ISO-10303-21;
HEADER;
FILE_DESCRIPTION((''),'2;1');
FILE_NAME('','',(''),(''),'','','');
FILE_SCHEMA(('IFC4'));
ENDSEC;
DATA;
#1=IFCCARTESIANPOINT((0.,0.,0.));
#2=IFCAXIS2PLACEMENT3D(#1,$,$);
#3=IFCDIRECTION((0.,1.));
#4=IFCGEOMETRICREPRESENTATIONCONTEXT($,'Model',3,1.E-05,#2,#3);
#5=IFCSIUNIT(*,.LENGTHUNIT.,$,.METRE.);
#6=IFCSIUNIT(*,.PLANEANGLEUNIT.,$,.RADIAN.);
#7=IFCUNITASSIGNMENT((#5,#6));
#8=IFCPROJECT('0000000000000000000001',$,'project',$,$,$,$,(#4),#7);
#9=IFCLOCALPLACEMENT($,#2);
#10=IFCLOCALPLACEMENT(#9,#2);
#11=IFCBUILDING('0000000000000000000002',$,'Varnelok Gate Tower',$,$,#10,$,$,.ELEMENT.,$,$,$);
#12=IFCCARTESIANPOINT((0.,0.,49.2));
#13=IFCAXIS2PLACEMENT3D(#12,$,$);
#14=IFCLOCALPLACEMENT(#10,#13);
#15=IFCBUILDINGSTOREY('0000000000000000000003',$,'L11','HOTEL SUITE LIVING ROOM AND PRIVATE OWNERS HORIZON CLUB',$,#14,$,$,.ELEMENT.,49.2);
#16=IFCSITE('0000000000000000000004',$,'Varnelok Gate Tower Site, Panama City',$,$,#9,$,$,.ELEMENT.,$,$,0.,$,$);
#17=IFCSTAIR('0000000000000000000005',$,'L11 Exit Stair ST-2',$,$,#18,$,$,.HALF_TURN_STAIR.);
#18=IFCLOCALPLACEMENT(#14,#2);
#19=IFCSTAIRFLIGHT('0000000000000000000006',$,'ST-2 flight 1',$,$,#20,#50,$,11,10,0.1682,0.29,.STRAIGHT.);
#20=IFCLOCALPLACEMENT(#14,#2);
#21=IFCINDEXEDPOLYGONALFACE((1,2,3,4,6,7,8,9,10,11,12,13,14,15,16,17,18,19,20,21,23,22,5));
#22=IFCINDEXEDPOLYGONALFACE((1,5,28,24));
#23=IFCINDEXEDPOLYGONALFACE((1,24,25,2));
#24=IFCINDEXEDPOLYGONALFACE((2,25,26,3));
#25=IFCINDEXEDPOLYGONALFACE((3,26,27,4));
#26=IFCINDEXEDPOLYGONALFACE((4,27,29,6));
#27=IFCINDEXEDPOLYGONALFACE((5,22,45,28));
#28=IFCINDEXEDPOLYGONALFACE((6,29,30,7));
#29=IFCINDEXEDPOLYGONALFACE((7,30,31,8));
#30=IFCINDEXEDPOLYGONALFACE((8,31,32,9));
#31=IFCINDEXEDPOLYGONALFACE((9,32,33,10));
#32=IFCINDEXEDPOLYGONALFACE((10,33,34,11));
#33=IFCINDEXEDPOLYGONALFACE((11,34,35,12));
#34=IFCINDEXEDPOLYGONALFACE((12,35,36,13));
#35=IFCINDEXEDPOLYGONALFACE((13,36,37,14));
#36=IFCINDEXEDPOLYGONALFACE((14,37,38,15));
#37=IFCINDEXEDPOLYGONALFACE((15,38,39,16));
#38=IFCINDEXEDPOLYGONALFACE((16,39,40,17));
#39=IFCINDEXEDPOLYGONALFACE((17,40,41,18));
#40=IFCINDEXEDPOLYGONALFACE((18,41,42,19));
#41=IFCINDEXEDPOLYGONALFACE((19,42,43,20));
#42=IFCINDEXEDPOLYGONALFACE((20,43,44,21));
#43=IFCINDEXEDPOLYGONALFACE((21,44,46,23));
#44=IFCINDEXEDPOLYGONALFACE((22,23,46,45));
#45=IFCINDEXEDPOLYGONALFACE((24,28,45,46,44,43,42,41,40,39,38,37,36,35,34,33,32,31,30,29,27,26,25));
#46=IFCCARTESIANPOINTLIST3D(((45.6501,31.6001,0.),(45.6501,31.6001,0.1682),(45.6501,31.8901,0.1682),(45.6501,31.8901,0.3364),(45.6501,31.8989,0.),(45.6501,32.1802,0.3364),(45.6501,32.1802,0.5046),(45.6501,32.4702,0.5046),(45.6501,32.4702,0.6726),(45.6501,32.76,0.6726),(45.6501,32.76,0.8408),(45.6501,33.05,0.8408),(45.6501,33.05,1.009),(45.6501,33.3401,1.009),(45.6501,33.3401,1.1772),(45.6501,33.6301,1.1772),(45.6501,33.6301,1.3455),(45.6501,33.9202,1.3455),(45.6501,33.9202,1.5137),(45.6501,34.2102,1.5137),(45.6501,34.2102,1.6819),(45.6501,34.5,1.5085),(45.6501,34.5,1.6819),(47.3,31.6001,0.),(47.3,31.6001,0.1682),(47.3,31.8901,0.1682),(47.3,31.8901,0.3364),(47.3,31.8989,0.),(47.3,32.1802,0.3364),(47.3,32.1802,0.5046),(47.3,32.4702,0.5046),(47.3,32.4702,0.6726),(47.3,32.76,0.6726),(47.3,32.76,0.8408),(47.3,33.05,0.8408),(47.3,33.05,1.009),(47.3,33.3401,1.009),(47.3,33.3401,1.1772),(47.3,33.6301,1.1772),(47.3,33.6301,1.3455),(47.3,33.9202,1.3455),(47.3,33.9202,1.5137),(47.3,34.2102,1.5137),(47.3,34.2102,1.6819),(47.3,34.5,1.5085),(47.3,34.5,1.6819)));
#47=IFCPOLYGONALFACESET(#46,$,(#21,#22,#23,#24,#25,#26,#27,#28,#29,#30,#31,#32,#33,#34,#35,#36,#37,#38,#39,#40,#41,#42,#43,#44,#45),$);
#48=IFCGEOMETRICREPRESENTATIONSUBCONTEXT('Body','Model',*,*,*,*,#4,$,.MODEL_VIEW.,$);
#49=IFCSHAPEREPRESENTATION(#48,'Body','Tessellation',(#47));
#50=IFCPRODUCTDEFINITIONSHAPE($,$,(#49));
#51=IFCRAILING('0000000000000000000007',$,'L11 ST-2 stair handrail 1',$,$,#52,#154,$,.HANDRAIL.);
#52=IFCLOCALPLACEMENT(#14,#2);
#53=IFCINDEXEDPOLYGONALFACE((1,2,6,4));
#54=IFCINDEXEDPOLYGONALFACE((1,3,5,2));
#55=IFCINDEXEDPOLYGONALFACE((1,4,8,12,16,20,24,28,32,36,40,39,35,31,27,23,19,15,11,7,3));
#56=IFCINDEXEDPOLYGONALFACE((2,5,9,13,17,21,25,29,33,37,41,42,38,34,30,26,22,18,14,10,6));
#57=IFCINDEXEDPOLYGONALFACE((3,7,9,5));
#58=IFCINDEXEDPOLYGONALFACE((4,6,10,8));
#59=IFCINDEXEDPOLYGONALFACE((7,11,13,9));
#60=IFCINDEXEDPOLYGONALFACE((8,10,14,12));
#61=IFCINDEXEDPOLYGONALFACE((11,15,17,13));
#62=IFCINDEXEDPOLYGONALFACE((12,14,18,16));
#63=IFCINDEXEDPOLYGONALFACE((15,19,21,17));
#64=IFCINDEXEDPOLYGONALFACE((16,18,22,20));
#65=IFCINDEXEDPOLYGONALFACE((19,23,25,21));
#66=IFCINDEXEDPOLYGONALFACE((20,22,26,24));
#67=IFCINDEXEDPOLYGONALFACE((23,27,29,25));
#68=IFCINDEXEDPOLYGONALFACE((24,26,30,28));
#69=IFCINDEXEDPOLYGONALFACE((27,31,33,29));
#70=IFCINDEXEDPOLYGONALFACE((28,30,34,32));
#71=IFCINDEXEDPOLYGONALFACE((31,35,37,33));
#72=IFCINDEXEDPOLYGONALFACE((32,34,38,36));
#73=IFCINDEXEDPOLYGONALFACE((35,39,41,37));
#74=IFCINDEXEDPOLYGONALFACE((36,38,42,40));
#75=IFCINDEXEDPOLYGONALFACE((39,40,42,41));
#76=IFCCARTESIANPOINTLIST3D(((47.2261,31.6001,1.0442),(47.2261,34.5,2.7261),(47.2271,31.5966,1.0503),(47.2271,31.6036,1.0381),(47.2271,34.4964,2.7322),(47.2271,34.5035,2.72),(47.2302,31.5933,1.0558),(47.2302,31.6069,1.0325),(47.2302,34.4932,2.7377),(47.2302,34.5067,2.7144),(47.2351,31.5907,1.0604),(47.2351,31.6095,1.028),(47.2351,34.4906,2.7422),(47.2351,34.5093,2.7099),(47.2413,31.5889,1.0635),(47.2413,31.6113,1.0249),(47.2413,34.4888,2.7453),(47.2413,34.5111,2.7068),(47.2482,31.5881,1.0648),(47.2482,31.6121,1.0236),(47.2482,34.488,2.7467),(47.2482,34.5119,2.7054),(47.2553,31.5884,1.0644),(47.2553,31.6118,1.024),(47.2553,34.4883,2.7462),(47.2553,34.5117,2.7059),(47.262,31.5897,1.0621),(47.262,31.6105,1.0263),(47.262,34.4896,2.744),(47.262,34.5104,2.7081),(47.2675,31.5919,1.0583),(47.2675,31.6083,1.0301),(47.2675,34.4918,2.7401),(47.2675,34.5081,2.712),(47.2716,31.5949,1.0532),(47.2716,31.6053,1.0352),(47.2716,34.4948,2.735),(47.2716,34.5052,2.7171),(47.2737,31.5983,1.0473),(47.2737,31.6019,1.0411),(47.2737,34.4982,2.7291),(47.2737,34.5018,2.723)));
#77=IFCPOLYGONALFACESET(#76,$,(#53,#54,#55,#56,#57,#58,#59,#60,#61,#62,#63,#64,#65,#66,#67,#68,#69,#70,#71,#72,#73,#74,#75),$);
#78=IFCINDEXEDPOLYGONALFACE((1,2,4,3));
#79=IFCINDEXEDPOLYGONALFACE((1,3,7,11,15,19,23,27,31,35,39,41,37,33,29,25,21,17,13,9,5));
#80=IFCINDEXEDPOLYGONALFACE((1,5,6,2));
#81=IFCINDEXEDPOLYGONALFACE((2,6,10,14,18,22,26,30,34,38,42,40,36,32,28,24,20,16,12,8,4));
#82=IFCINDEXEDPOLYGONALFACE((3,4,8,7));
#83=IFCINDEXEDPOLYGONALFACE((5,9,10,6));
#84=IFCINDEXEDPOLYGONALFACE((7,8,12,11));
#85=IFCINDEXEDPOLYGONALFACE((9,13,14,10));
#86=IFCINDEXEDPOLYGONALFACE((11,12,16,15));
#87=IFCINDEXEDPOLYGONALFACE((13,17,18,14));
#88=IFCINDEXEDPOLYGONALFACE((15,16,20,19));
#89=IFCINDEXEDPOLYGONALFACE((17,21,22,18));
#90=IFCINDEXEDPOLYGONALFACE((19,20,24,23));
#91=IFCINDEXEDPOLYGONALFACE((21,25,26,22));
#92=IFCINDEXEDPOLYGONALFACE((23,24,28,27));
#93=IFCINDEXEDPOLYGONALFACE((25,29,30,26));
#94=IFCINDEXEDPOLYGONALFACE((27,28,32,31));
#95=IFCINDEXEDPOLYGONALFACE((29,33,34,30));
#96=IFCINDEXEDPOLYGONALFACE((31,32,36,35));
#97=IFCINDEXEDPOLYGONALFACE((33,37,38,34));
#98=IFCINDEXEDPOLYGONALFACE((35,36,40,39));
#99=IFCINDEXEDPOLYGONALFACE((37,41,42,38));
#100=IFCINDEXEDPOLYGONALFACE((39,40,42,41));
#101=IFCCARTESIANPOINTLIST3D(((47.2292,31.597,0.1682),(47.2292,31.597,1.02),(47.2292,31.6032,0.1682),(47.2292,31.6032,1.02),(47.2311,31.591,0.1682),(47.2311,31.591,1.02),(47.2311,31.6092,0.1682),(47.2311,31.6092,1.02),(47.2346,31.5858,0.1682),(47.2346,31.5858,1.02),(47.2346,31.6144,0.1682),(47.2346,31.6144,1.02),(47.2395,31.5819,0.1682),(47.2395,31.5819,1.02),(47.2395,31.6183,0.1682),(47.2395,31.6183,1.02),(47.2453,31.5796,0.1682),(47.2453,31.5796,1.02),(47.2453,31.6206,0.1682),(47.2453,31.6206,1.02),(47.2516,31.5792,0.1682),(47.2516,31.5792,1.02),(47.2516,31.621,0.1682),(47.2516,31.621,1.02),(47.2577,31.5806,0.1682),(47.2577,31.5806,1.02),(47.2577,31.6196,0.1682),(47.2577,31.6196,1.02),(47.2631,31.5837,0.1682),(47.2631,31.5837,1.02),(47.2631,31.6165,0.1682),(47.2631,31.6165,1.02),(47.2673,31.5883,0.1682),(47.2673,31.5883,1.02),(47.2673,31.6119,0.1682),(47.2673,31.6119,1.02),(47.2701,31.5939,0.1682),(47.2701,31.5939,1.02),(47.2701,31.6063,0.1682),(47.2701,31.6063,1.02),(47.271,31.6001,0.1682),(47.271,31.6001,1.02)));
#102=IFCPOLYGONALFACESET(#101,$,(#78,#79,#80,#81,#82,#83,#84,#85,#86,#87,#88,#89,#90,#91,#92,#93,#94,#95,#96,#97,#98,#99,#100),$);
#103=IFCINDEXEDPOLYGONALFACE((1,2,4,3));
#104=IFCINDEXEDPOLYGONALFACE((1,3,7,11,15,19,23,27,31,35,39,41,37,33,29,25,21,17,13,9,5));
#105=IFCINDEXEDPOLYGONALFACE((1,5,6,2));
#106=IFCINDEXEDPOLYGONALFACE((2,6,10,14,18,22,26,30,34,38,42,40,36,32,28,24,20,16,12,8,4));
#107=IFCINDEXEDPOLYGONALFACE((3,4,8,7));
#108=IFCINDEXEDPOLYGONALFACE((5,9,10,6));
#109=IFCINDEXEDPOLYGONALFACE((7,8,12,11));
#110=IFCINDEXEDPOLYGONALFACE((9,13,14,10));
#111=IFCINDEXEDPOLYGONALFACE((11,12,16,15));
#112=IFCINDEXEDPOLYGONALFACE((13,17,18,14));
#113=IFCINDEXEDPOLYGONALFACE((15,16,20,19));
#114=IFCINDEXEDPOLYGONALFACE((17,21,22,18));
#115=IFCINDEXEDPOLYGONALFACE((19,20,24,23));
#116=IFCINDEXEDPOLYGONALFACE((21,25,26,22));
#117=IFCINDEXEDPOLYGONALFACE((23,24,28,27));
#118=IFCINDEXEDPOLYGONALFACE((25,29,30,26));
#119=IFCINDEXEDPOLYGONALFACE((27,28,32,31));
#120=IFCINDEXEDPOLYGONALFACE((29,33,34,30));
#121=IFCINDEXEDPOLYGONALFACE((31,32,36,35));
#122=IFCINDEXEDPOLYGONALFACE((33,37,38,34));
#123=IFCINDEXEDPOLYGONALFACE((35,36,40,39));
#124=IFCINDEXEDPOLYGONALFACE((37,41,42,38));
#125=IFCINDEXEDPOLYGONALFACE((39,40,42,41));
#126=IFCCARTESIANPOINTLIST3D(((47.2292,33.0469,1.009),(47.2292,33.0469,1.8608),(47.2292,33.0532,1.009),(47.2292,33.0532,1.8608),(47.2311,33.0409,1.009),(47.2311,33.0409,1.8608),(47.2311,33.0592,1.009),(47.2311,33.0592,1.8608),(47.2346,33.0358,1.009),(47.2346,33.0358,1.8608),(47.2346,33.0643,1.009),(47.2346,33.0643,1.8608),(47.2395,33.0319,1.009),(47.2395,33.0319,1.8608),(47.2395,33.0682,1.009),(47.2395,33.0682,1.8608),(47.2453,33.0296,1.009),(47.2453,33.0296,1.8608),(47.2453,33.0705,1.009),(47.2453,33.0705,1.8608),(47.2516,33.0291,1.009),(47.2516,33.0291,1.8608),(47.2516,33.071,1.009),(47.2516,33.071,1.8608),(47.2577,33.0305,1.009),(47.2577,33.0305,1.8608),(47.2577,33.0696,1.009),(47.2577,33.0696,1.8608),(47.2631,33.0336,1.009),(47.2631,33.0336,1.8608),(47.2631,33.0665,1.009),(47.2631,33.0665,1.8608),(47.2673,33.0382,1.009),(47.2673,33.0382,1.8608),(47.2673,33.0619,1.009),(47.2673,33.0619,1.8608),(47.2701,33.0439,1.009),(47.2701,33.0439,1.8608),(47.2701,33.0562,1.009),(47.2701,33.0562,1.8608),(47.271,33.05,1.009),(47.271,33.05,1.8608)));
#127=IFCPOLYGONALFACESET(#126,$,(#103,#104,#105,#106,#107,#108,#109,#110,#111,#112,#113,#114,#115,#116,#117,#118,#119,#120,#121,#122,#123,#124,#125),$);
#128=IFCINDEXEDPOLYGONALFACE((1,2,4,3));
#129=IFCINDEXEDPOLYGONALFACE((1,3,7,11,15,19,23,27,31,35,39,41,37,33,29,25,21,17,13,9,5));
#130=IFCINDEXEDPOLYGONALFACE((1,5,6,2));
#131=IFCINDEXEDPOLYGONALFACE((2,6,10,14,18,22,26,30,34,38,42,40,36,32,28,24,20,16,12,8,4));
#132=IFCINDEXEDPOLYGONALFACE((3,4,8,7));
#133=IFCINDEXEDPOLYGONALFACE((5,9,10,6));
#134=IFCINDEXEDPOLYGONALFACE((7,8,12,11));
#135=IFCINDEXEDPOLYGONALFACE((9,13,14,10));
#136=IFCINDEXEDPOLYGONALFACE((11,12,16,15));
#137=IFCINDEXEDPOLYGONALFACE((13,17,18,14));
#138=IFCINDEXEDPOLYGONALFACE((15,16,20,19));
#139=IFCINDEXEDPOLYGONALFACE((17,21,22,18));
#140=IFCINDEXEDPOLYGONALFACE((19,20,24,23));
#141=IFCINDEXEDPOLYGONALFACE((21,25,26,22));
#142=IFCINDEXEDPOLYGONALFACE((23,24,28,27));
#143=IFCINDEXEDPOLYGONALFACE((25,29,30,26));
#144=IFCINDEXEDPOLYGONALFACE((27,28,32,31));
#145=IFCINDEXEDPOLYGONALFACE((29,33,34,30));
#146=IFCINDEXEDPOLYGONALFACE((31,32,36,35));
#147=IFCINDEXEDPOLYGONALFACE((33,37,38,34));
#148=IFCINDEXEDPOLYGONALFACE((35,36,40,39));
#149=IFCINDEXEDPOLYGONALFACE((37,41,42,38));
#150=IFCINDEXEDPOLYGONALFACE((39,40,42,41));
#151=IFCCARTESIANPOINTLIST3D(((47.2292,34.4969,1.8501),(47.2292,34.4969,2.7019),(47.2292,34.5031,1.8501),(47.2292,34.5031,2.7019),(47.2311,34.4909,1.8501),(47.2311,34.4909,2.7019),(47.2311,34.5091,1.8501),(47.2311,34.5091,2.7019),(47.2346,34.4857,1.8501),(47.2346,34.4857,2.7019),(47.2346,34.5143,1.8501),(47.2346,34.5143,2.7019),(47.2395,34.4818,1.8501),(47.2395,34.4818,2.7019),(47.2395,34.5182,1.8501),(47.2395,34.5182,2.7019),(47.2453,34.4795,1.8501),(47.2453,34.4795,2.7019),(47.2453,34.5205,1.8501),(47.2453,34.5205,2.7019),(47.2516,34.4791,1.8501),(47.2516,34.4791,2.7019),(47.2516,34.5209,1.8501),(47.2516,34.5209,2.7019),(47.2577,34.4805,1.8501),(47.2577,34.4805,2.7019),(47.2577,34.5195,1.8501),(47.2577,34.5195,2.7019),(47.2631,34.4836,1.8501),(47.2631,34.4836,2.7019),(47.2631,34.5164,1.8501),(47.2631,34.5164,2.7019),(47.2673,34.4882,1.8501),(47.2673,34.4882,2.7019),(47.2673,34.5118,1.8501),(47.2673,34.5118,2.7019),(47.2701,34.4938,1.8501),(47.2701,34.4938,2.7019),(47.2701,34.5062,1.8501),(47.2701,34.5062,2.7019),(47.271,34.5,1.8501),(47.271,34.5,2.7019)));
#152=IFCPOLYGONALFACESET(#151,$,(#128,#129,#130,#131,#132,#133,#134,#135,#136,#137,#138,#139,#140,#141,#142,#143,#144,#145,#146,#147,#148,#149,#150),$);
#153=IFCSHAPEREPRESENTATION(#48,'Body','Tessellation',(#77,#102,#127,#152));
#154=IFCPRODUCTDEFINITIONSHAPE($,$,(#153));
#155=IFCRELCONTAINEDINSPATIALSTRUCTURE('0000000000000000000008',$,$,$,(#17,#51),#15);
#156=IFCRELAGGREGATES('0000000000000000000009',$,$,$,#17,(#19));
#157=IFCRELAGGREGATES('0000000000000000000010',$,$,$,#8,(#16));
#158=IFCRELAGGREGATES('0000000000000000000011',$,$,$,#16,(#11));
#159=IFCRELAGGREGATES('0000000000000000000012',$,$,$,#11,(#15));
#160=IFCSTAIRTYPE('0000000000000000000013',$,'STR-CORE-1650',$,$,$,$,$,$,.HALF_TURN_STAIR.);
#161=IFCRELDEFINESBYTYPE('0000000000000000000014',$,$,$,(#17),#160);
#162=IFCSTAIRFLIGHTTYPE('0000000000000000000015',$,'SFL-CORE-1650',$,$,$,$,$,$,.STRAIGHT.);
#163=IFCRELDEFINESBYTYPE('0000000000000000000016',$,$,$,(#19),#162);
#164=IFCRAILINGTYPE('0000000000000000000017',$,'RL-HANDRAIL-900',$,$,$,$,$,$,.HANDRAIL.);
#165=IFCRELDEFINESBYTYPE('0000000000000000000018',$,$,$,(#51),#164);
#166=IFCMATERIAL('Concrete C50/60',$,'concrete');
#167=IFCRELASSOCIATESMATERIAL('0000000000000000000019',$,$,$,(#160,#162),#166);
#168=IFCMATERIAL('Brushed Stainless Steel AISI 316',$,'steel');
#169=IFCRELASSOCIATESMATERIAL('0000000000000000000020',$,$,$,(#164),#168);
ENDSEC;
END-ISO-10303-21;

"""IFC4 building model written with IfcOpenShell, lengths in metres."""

from ifc_helpers import new_model, si_unit, direction, frame, origin, origin_2d, place, context, subcontext, project, spatial, polyline, circle, outline, extrude, material, type_object, element, aggregate, save


model = new_model("IFC4")

# Units and contexts
model_context = context("Model", 3, precision=1e-05, world=origin(), true_north=direction((0.0, 1.0)))
body_context = subcontext(model_context, "Body", "Model", "MODEL_VIEW")
ifc_project = project(units=[si_unit("LENGTHUNIT", "METRE"), si_unit("PLANEANGLEUNIT", "RADIAN")], contexts=[model_context])

# Site, building, storey
site_placement = place(None, origin())
site = spatial("IfcSite", under=ifc_project, at=site_placement, Name="Varnelok Gate Tower Site, Panama City", CompositionType="ELEMENT", RefElevation=0.0)
building_placement = place(site_placement, origin())
building = spatial("IfcBuilding", under=site, at=building_placement, Name="Varnelok Gate Tower", CompositionType="ELEMENT")
storey_placement = place(building_placement, frame((0.0, 0.0, 49.2)))
storey = spatial("IfcBuildingStorey", under=building, at=storey_placement, Name="L11", Description="HOTEL SUITE LIVING ROOM AND PRIVATE OWNERS HORIZON CLUB", CompositionType="ELEMENT", Elevation=49.2)

# Stair, stair flight
ifc_material_1 = material(Name="Concrete C50/60", Category="concrete")
stair_type = type_object("IfcStairType", Name="STR-CORE-1650", PredefinedType="HALF_TURN_STAIR", material=ifc_material_1)
stair_placement = place(storey_placement, origin())
stair = element("IfcStair", 1, at=stair_placement, inside=storey, type_object=stair_type, Name="L11 Exit Stair ST-2", PredefinedType="HALF_TURN_STAIR")
stair_flight_type = type_object("IfcStairFlightType", Name="SFL-CORE-1650", PredefinedType="STRAIGHT", material=ifc_material_1)
stair_flight_placement = place(storey_placement, frame((46.4751, 31.6001, 0.0), z_axis=(0.0, 0.0, 1.0), x_axis=(0.0, 1.0, 0.0)))
stair_flight = element("IfcStairFlight", 2, at=stair_flight_placement, type_object=stair_flight_type, Name="ST-2 flight 1", NumberOfRisers=11, NumberOfTreads=10, PredefinedType="STRAIGHT", RiserHeight=0.1682, TreadLength=0.29, context=body_context, shape_type="SweptSolid", body=[
    extrude(outline(polyline([(0.0, 0.0), (0.0, 0.1682), (0.29, 0.1682), (0.29, 0.3364), (0.5801, 0.3364), (0.5801, 0.5046), (0.8701, 0.5046), (0.8701, 0.6726), (1.1599, 0.6726), (1.1599, 0.8408), (1.45, 0.8408), (1.45, 1.009), (1.74, 1.009), (1.74, 1.1772), (2.03, 1.1772), (2.03, 1.3455), (2.3201, 1.3455), (2.3201, 1.5137), (2.6101, 1.5137), (2.6101, 1.6819), (2.8999, 1.6819), (2.8999, 1.8501), (2.8999, 1.5085), (0.2988, 0.0), (0.0, 0.0)])), frame((0.0, 0.825, 0.0), z_axis=(0.0, -1.0, 0.0), x_axis=(1.0, 0.0, 0.0)), (0.0, 0.0, 1.0), 1.6499),
])
aggregate(stair, [stair_flight])

# Railing
ifc_material_2 = material(Name="Brushed Stainless Steel AISI 316", Category="steel")
railing_type = type_object("IfcRailingType", Name="RL-HANDRAIL-900", PredefinedType="HANDRAIL", material=ifc_material_2)
railing_placement = place(storey_placement, frame((47.25, 31.6001, 0.1682)))
element("IfcRailing", 3, at=railing_placement, inside=storey, type_object=railing_type, Name="L11 ST-2 stair handrail 1", PredefinedType="HANDRAIL", context=body_context, shape_type="SweptSolid", body=[
    extrude(circle(Radius=0.0239, at=origin_2d()), frame((0.0, 0.0, 0.876), z_axis=(0.0, 0.865039, 0.501705), x_axis=(-1.0, 0.0, 0.0)), (0.0, 0.0, 1.0), 3.3523),
    extrude(circle(Radius=0.021, at=origin_2d()), origin(), (0.0, 0.0, 1.0), 0.8518),
    extrude(circle(Radius=0.021, at=origin_2d()), frame((0.0, 1.45, 0.8408)), (0.0, 0.0, 1.0), 0.8518),
    extrude(circle(Radius=0.021, at=origin_2d()), frame((0.0, 2.8999, 1.6819)), (0.0, 0.0, 1.0), 0.8518),
])

save(model, "model.ifc")
